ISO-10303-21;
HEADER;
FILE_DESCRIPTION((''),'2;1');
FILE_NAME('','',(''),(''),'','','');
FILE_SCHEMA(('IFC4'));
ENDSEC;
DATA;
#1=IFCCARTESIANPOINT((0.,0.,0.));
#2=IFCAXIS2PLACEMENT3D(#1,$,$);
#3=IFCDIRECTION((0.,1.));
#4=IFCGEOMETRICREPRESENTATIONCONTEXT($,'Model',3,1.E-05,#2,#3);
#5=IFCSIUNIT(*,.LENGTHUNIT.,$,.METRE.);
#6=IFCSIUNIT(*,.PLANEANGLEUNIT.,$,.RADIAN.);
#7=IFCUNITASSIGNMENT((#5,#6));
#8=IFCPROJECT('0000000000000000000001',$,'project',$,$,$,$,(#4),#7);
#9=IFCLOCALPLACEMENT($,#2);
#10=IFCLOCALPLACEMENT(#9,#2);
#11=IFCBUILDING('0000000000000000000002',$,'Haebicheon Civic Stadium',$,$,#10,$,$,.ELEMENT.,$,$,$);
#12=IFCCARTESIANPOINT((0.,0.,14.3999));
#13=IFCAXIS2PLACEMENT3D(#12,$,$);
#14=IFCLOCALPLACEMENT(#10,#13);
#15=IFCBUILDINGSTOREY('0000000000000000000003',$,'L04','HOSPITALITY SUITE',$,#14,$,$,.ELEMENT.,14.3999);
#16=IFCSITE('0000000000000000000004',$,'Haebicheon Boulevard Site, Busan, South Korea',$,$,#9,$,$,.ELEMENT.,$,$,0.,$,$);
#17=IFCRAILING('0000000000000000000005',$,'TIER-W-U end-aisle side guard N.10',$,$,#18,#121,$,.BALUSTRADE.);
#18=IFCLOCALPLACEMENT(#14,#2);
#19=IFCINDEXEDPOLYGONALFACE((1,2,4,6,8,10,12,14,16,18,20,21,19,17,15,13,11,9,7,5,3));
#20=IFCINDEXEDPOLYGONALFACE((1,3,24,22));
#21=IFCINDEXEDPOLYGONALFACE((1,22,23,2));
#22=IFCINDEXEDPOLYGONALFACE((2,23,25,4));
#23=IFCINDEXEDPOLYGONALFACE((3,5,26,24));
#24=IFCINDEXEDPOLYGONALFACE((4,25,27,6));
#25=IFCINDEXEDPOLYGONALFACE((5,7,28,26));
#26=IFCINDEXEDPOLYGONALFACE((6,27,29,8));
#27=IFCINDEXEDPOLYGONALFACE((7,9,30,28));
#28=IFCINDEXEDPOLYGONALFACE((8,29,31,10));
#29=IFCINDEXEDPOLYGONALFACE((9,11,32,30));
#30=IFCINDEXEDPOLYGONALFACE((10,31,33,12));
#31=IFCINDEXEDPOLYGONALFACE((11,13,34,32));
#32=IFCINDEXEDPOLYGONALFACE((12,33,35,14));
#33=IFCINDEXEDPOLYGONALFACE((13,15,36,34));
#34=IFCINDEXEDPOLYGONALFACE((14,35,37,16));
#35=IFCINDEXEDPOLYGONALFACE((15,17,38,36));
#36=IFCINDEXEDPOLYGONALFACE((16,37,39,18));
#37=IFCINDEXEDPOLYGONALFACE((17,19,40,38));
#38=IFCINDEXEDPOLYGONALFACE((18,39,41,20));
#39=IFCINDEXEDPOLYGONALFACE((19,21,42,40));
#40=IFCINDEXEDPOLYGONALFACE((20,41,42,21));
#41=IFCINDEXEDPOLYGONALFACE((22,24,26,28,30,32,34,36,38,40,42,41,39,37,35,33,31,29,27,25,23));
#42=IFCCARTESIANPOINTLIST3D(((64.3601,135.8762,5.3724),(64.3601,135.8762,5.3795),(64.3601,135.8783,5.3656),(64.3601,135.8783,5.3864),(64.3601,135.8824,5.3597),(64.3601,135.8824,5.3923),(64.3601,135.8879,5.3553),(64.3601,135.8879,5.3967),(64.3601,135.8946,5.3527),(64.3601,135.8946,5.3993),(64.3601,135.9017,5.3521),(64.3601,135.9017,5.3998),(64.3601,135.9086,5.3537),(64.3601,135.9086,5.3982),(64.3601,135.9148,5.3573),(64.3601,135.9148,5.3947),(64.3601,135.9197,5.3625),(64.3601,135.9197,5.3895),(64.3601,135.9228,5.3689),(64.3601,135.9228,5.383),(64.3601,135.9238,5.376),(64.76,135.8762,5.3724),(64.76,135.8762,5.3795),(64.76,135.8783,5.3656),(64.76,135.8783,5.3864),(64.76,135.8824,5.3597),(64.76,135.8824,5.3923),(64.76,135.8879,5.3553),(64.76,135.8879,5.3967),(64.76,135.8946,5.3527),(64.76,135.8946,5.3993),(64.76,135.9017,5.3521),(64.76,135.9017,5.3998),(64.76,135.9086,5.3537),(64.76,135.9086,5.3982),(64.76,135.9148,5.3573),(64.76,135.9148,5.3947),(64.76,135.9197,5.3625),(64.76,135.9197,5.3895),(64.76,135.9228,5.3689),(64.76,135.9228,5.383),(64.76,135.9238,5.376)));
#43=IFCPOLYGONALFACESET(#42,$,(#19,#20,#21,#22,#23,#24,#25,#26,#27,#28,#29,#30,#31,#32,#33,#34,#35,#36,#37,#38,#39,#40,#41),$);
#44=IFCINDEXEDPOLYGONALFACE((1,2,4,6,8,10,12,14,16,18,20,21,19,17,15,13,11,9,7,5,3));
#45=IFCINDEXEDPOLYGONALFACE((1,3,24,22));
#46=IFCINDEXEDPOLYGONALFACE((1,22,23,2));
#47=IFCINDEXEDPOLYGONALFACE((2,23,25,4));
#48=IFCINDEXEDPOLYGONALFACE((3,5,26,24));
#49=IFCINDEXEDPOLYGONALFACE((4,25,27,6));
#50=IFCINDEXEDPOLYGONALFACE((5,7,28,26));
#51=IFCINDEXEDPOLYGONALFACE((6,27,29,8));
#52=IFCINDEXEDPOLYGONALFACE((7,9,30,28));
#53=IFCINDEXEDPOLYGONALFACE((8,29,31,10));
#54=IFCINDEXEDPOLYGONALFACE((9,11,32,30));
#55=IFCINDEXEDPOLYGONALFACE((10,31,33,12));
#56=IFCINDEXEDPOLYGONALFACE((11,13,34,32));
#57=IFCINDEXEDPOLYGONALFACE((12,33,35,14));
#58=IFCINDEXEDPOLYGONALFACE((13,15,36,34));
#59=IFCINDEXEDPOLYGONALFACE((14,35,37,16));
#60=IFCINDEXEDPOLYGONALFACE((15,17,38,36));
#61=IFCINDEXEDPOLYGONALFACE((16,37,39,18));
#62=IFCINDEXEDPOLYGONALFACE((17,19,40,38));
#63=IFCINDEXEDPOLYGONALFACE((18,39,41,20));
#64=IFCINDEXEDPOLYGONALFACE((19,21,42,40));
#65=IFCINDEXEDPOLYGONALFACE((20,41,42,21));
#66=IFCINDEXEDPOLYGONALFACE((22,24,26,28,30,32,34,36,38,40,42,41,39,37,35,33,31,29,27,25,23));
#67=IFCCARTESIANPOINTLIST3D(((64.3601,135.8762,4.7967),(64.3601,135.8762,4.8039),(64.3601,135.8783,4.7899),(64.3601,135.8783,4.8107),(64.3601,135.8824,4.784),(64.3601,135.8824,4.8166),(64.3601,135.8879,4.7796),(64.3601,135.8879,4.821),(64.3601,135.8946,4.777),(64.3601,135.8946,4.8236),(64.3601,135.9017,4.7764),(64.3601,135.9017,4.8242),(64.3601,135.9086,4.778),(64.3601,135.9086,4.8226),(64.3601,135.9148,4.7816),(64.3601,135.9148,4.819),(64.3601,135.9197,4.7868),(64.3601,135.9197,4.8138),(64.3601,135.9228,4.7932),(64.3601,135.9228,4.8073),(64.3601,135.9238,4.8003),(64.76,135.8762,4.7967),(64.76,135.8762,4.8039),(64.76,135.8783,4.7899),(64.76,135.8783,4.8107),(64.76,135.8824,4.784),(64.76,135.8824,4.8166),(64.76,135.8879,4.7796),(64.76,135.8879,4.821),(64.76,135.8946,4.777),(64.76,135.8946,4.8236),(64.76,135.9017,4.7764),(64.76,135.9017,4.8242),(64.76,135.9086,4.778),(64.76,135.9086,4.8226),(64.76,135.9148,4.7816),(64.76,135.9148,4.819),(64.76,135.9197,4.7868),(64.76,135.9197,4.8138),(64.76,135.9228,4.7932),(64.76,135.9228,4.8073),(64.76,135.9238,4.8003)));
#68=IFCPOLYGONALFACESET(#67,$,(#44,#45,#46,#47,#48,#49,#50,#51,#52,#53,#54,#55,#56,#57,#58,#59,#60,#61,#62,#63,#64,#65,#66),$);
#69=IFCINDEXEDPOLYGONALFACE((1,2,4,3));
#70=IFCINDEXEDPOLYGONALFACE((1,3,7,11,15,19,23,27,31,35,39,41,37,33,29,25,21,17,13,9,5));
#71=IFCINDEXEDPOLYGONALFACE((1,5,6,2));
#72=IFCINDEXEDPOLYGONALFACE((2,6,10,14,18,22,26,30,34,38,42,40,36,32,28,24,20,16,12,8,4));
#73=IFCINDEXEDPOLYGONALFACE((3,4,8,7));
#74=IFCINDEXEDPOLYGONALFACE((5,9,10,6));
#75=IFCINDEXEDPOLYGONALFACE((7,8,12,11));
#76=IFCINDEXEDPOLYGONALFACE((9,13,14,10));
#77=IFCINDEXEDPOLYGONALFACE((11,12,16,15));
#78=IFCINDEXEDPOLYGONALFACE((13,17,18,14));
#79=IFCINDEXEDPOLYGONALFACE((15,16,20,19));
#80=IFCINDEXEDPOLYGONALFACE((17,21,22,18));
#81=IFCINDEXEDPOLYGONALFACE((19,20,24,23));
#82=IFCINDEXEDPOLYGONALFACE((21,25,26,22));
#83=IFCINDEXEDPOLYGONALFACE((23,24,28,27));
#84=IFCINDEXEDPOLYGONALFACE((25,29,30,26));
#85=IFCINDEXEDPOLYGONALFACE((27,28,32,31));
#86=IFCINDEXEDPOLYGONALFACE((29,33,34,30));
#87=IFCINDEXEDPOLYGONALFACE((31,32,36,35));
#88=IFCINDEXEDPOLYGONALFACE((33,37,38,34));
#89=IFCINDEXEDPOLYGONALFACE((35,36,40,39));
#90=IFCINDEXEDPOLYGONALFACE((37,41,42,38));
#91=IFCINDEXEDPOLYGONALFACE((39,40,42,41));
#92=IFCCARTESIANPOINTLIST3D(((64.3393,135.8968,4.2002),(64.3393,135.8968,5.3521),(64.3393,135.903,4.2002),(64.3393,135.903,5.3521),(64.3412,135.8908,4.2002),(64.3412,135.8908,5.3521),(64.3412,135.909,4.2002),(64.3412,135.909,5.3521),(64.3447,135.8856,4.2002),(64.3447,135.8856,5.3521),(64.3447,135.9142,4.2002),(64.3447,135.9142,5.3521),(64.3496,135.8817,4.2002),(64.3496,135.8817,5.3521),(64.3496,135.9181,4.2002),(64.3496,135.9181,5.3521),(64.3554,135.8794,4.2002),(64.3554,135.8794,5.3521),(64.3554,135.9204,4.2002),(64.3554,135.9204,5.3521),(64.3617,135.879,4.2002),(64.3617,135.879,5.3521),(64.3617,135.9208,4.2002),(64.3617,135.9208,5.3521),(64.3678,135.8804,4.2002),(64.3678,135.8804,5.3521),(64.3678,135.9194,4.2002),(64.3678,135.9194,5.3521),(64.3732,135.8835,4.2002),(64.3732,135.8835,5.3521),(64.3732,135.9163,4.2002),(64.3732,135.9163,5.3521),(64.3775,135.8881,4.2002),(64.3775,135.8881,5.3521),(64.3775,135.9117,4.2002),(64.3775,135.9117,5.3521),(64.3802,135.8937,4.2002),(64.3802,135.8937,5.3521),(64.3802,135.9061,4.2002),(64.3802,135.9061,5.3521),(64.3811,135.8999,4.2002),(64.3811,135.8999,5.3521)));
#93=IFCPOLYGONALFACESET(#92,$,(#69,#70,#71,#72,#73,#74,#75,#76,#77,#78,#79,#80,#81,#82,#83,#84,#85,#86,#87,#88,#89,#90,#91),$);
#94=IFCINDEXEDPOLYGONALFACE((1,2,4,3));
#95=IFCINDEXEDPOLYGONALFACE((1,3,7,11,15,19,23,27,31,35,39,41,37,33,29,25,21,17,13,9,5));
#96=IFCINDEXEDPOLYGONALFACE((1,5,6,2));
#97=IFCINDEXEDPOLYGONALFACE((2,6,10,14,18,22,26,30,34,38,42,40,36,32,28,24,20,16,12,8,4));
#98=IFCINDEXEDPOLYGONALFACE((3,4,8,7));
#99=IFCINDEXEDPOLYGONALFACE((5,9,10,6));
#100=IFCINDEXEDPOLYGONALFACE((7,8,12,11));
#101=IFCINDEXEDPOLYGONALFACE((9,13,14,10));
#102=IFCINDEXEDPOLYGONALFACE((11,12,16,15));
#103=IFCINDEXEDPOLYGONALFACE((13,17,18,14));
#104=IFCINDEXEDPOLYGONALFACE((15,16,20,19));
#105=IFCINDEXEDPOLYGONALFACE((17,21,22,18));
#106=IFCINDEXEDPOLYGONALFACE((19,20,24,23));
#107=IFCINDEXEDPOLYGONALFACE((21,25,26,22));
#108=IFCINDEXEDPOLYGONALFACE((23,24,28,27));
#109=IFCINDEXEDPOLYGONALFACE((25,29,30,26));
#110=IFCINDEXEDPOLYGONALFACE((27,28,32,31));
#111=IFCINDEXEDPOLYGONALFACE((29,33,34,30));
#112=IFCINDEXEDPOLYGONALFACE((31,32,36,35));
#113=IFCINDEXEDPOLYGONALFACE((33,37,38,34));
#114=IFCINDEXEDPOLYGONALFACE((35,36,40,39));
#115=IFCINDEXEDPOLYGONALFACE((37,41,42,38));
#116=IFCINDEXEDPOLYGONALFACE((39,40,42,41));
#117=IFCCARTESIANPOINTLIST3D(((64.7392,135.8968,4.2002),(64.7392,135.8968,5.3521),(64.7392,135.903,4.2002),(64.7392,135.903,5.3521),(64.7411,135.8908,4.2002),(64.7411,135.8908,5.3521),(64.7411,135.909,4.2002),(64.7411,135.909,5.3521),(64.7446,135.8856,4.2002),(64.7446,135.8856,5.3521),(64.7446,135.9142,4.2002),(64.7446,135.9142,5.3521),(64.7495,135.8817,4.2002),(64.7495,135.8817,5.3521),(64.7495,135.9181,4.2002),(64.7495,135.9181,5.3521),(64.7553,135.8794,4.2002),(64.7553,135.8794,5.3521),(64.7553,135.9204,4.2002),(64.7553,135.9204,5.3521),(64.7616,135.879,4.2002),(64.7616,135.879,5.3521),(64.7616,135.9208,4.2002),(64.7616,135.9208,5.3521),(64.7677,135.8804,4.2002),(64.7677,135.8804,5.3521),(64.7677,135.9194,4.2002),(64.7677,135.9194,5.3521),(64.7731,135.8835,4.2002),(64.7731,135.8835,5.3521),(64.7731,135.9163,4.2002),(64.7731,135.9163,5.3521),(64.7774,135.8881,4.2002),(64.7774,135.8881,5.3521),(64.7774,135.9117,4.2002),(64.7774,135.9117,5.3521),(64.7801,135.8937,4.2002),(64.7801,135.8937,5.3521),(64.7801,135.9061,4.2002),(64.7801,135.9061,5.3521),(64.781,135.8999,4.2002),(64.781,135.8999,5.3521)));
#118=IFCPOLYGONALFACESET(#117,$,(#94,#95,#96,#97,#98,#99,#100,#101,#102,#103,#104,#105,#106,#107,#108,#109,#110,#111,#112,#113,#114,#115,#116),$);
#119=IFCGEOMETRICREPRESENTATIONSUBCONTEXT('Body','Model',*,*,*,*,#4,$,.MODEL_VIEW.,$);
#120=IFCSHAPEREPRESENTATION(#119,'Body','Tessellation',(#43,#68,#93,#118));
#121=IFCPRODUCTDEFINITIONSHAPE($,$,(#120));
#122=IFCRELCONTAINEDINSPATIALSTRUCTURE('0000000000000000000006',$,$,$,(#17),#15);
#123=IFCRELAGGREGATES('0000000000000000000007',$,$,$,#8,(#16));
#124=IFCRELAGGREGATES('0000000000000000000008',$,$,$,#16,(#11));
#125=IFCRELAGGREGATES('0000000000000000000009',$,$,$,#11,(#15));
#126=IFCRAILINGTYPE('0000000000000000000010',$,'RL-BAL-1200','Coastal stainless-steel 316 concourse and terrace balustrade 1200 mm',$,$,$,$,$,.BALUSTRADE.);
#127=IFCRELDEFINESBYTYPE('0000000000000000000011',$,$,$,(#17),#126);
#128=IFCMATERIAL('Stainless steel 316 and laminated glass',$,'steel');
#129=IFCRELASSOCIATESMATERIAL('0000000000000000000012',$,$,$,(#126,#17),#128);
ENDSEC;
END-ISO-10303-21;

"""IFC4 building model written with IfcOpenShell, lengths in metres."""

from ifc_helpers import new_model, si_unit, direction, frame, origin, origin_2d, place, context, subcontext, project, spatial, circle, extrude, material, type_object, element, save


model = new_model("IFC4")

# Units and contexts
model_context = context("Model", 3, precision=1e-05, world=origin(), true_north=direction((0.0, 1.0)))
body_context = subcontext(model_context, "Body", "Model", "MODEL_VIEW")
ifc_project = project(units=[si_unit("LENGTHUNIT", "METRE"), si_unit("PLANEANGLEUNIT", "RADIAN")], contexts=[model_context])

# Site, building, storey
site_placement = place(None, origin())
site = spatial("IfcSite", under=ifc_project, at=site_placement, Name="Haebicheon Boulevard Site, Busan, South Korea", CompositionType="ELEMENT", RefElevation=0.0)
building_placement = place(site_placement, origin())
building = spatial("IfcBuilding", under=site, at=building_placement, Name="Haebicheon Civic Stadium", CompositionType="ELEMENT")
storey_placement = place(building_placement, frame((0.0, 0.0, 14.3999)))
storey = spatial("IfcBuildingStorey", under=building, at=storey_placement, Name="L04", Description="HOSPITALITY SUITE", CompositionType="ELEMENT", Elevation=14.3999)

# Railing
ifc_material_1 = material(Name="Stainless steel 316 and laminated glass", Category="steel")
railing_type = type_object("IfcRailingType", Name="RL-BAL-1200", Description="Coastal stainless-steel 316 concourse and terrace balustrade 1200 mm", PredefinedType="BALUSTRADE", material=ifc_material_1)
railing_1_placement = place(storey_placement, frame((64.3601, 135.8999, 4.2002)))
element("IfcRailing", 1, at=railing_1_placement, inside=storey, type_object=railing_type, material=ifc_material_1, Name="TIER-W-U end-aisle side guard N.10", PredefinedType="BALUSTRADE", context=body_context, shape_type="SweptSolid", body=[
    extrude(circle(Radius=0.0239, at=origin_2d()), frame((0.0, 0.0, 1.1758), z_axis=(1.0, 0.0, 0.0), x_axis=(0.0, 1.0, 0.0)), (0.0, 0.0, 1.0), 0.3999),
    extrude(circle(Radius=0.0239, at=origin_2d()), frame((0.0, 0.0, 0.6001), z_axis=(1.0, 0.0, 0.0), x_axis=(0.0, 1.0, 0.0)), (0.0, 0.0, 1.0), 0.3999),
    extrude(circle(Radius=0.021, at=origin_2d()), origin(), (0.0, 0.0, 1.0), 1.1519),
    extrude(circle(Radius=0.021, at=origin_2d()), frame((0.3999, 0.0, 0.0)), (0.0, 0.0, 1.0), 1.1519),
])

save(model, "model.ifc")
